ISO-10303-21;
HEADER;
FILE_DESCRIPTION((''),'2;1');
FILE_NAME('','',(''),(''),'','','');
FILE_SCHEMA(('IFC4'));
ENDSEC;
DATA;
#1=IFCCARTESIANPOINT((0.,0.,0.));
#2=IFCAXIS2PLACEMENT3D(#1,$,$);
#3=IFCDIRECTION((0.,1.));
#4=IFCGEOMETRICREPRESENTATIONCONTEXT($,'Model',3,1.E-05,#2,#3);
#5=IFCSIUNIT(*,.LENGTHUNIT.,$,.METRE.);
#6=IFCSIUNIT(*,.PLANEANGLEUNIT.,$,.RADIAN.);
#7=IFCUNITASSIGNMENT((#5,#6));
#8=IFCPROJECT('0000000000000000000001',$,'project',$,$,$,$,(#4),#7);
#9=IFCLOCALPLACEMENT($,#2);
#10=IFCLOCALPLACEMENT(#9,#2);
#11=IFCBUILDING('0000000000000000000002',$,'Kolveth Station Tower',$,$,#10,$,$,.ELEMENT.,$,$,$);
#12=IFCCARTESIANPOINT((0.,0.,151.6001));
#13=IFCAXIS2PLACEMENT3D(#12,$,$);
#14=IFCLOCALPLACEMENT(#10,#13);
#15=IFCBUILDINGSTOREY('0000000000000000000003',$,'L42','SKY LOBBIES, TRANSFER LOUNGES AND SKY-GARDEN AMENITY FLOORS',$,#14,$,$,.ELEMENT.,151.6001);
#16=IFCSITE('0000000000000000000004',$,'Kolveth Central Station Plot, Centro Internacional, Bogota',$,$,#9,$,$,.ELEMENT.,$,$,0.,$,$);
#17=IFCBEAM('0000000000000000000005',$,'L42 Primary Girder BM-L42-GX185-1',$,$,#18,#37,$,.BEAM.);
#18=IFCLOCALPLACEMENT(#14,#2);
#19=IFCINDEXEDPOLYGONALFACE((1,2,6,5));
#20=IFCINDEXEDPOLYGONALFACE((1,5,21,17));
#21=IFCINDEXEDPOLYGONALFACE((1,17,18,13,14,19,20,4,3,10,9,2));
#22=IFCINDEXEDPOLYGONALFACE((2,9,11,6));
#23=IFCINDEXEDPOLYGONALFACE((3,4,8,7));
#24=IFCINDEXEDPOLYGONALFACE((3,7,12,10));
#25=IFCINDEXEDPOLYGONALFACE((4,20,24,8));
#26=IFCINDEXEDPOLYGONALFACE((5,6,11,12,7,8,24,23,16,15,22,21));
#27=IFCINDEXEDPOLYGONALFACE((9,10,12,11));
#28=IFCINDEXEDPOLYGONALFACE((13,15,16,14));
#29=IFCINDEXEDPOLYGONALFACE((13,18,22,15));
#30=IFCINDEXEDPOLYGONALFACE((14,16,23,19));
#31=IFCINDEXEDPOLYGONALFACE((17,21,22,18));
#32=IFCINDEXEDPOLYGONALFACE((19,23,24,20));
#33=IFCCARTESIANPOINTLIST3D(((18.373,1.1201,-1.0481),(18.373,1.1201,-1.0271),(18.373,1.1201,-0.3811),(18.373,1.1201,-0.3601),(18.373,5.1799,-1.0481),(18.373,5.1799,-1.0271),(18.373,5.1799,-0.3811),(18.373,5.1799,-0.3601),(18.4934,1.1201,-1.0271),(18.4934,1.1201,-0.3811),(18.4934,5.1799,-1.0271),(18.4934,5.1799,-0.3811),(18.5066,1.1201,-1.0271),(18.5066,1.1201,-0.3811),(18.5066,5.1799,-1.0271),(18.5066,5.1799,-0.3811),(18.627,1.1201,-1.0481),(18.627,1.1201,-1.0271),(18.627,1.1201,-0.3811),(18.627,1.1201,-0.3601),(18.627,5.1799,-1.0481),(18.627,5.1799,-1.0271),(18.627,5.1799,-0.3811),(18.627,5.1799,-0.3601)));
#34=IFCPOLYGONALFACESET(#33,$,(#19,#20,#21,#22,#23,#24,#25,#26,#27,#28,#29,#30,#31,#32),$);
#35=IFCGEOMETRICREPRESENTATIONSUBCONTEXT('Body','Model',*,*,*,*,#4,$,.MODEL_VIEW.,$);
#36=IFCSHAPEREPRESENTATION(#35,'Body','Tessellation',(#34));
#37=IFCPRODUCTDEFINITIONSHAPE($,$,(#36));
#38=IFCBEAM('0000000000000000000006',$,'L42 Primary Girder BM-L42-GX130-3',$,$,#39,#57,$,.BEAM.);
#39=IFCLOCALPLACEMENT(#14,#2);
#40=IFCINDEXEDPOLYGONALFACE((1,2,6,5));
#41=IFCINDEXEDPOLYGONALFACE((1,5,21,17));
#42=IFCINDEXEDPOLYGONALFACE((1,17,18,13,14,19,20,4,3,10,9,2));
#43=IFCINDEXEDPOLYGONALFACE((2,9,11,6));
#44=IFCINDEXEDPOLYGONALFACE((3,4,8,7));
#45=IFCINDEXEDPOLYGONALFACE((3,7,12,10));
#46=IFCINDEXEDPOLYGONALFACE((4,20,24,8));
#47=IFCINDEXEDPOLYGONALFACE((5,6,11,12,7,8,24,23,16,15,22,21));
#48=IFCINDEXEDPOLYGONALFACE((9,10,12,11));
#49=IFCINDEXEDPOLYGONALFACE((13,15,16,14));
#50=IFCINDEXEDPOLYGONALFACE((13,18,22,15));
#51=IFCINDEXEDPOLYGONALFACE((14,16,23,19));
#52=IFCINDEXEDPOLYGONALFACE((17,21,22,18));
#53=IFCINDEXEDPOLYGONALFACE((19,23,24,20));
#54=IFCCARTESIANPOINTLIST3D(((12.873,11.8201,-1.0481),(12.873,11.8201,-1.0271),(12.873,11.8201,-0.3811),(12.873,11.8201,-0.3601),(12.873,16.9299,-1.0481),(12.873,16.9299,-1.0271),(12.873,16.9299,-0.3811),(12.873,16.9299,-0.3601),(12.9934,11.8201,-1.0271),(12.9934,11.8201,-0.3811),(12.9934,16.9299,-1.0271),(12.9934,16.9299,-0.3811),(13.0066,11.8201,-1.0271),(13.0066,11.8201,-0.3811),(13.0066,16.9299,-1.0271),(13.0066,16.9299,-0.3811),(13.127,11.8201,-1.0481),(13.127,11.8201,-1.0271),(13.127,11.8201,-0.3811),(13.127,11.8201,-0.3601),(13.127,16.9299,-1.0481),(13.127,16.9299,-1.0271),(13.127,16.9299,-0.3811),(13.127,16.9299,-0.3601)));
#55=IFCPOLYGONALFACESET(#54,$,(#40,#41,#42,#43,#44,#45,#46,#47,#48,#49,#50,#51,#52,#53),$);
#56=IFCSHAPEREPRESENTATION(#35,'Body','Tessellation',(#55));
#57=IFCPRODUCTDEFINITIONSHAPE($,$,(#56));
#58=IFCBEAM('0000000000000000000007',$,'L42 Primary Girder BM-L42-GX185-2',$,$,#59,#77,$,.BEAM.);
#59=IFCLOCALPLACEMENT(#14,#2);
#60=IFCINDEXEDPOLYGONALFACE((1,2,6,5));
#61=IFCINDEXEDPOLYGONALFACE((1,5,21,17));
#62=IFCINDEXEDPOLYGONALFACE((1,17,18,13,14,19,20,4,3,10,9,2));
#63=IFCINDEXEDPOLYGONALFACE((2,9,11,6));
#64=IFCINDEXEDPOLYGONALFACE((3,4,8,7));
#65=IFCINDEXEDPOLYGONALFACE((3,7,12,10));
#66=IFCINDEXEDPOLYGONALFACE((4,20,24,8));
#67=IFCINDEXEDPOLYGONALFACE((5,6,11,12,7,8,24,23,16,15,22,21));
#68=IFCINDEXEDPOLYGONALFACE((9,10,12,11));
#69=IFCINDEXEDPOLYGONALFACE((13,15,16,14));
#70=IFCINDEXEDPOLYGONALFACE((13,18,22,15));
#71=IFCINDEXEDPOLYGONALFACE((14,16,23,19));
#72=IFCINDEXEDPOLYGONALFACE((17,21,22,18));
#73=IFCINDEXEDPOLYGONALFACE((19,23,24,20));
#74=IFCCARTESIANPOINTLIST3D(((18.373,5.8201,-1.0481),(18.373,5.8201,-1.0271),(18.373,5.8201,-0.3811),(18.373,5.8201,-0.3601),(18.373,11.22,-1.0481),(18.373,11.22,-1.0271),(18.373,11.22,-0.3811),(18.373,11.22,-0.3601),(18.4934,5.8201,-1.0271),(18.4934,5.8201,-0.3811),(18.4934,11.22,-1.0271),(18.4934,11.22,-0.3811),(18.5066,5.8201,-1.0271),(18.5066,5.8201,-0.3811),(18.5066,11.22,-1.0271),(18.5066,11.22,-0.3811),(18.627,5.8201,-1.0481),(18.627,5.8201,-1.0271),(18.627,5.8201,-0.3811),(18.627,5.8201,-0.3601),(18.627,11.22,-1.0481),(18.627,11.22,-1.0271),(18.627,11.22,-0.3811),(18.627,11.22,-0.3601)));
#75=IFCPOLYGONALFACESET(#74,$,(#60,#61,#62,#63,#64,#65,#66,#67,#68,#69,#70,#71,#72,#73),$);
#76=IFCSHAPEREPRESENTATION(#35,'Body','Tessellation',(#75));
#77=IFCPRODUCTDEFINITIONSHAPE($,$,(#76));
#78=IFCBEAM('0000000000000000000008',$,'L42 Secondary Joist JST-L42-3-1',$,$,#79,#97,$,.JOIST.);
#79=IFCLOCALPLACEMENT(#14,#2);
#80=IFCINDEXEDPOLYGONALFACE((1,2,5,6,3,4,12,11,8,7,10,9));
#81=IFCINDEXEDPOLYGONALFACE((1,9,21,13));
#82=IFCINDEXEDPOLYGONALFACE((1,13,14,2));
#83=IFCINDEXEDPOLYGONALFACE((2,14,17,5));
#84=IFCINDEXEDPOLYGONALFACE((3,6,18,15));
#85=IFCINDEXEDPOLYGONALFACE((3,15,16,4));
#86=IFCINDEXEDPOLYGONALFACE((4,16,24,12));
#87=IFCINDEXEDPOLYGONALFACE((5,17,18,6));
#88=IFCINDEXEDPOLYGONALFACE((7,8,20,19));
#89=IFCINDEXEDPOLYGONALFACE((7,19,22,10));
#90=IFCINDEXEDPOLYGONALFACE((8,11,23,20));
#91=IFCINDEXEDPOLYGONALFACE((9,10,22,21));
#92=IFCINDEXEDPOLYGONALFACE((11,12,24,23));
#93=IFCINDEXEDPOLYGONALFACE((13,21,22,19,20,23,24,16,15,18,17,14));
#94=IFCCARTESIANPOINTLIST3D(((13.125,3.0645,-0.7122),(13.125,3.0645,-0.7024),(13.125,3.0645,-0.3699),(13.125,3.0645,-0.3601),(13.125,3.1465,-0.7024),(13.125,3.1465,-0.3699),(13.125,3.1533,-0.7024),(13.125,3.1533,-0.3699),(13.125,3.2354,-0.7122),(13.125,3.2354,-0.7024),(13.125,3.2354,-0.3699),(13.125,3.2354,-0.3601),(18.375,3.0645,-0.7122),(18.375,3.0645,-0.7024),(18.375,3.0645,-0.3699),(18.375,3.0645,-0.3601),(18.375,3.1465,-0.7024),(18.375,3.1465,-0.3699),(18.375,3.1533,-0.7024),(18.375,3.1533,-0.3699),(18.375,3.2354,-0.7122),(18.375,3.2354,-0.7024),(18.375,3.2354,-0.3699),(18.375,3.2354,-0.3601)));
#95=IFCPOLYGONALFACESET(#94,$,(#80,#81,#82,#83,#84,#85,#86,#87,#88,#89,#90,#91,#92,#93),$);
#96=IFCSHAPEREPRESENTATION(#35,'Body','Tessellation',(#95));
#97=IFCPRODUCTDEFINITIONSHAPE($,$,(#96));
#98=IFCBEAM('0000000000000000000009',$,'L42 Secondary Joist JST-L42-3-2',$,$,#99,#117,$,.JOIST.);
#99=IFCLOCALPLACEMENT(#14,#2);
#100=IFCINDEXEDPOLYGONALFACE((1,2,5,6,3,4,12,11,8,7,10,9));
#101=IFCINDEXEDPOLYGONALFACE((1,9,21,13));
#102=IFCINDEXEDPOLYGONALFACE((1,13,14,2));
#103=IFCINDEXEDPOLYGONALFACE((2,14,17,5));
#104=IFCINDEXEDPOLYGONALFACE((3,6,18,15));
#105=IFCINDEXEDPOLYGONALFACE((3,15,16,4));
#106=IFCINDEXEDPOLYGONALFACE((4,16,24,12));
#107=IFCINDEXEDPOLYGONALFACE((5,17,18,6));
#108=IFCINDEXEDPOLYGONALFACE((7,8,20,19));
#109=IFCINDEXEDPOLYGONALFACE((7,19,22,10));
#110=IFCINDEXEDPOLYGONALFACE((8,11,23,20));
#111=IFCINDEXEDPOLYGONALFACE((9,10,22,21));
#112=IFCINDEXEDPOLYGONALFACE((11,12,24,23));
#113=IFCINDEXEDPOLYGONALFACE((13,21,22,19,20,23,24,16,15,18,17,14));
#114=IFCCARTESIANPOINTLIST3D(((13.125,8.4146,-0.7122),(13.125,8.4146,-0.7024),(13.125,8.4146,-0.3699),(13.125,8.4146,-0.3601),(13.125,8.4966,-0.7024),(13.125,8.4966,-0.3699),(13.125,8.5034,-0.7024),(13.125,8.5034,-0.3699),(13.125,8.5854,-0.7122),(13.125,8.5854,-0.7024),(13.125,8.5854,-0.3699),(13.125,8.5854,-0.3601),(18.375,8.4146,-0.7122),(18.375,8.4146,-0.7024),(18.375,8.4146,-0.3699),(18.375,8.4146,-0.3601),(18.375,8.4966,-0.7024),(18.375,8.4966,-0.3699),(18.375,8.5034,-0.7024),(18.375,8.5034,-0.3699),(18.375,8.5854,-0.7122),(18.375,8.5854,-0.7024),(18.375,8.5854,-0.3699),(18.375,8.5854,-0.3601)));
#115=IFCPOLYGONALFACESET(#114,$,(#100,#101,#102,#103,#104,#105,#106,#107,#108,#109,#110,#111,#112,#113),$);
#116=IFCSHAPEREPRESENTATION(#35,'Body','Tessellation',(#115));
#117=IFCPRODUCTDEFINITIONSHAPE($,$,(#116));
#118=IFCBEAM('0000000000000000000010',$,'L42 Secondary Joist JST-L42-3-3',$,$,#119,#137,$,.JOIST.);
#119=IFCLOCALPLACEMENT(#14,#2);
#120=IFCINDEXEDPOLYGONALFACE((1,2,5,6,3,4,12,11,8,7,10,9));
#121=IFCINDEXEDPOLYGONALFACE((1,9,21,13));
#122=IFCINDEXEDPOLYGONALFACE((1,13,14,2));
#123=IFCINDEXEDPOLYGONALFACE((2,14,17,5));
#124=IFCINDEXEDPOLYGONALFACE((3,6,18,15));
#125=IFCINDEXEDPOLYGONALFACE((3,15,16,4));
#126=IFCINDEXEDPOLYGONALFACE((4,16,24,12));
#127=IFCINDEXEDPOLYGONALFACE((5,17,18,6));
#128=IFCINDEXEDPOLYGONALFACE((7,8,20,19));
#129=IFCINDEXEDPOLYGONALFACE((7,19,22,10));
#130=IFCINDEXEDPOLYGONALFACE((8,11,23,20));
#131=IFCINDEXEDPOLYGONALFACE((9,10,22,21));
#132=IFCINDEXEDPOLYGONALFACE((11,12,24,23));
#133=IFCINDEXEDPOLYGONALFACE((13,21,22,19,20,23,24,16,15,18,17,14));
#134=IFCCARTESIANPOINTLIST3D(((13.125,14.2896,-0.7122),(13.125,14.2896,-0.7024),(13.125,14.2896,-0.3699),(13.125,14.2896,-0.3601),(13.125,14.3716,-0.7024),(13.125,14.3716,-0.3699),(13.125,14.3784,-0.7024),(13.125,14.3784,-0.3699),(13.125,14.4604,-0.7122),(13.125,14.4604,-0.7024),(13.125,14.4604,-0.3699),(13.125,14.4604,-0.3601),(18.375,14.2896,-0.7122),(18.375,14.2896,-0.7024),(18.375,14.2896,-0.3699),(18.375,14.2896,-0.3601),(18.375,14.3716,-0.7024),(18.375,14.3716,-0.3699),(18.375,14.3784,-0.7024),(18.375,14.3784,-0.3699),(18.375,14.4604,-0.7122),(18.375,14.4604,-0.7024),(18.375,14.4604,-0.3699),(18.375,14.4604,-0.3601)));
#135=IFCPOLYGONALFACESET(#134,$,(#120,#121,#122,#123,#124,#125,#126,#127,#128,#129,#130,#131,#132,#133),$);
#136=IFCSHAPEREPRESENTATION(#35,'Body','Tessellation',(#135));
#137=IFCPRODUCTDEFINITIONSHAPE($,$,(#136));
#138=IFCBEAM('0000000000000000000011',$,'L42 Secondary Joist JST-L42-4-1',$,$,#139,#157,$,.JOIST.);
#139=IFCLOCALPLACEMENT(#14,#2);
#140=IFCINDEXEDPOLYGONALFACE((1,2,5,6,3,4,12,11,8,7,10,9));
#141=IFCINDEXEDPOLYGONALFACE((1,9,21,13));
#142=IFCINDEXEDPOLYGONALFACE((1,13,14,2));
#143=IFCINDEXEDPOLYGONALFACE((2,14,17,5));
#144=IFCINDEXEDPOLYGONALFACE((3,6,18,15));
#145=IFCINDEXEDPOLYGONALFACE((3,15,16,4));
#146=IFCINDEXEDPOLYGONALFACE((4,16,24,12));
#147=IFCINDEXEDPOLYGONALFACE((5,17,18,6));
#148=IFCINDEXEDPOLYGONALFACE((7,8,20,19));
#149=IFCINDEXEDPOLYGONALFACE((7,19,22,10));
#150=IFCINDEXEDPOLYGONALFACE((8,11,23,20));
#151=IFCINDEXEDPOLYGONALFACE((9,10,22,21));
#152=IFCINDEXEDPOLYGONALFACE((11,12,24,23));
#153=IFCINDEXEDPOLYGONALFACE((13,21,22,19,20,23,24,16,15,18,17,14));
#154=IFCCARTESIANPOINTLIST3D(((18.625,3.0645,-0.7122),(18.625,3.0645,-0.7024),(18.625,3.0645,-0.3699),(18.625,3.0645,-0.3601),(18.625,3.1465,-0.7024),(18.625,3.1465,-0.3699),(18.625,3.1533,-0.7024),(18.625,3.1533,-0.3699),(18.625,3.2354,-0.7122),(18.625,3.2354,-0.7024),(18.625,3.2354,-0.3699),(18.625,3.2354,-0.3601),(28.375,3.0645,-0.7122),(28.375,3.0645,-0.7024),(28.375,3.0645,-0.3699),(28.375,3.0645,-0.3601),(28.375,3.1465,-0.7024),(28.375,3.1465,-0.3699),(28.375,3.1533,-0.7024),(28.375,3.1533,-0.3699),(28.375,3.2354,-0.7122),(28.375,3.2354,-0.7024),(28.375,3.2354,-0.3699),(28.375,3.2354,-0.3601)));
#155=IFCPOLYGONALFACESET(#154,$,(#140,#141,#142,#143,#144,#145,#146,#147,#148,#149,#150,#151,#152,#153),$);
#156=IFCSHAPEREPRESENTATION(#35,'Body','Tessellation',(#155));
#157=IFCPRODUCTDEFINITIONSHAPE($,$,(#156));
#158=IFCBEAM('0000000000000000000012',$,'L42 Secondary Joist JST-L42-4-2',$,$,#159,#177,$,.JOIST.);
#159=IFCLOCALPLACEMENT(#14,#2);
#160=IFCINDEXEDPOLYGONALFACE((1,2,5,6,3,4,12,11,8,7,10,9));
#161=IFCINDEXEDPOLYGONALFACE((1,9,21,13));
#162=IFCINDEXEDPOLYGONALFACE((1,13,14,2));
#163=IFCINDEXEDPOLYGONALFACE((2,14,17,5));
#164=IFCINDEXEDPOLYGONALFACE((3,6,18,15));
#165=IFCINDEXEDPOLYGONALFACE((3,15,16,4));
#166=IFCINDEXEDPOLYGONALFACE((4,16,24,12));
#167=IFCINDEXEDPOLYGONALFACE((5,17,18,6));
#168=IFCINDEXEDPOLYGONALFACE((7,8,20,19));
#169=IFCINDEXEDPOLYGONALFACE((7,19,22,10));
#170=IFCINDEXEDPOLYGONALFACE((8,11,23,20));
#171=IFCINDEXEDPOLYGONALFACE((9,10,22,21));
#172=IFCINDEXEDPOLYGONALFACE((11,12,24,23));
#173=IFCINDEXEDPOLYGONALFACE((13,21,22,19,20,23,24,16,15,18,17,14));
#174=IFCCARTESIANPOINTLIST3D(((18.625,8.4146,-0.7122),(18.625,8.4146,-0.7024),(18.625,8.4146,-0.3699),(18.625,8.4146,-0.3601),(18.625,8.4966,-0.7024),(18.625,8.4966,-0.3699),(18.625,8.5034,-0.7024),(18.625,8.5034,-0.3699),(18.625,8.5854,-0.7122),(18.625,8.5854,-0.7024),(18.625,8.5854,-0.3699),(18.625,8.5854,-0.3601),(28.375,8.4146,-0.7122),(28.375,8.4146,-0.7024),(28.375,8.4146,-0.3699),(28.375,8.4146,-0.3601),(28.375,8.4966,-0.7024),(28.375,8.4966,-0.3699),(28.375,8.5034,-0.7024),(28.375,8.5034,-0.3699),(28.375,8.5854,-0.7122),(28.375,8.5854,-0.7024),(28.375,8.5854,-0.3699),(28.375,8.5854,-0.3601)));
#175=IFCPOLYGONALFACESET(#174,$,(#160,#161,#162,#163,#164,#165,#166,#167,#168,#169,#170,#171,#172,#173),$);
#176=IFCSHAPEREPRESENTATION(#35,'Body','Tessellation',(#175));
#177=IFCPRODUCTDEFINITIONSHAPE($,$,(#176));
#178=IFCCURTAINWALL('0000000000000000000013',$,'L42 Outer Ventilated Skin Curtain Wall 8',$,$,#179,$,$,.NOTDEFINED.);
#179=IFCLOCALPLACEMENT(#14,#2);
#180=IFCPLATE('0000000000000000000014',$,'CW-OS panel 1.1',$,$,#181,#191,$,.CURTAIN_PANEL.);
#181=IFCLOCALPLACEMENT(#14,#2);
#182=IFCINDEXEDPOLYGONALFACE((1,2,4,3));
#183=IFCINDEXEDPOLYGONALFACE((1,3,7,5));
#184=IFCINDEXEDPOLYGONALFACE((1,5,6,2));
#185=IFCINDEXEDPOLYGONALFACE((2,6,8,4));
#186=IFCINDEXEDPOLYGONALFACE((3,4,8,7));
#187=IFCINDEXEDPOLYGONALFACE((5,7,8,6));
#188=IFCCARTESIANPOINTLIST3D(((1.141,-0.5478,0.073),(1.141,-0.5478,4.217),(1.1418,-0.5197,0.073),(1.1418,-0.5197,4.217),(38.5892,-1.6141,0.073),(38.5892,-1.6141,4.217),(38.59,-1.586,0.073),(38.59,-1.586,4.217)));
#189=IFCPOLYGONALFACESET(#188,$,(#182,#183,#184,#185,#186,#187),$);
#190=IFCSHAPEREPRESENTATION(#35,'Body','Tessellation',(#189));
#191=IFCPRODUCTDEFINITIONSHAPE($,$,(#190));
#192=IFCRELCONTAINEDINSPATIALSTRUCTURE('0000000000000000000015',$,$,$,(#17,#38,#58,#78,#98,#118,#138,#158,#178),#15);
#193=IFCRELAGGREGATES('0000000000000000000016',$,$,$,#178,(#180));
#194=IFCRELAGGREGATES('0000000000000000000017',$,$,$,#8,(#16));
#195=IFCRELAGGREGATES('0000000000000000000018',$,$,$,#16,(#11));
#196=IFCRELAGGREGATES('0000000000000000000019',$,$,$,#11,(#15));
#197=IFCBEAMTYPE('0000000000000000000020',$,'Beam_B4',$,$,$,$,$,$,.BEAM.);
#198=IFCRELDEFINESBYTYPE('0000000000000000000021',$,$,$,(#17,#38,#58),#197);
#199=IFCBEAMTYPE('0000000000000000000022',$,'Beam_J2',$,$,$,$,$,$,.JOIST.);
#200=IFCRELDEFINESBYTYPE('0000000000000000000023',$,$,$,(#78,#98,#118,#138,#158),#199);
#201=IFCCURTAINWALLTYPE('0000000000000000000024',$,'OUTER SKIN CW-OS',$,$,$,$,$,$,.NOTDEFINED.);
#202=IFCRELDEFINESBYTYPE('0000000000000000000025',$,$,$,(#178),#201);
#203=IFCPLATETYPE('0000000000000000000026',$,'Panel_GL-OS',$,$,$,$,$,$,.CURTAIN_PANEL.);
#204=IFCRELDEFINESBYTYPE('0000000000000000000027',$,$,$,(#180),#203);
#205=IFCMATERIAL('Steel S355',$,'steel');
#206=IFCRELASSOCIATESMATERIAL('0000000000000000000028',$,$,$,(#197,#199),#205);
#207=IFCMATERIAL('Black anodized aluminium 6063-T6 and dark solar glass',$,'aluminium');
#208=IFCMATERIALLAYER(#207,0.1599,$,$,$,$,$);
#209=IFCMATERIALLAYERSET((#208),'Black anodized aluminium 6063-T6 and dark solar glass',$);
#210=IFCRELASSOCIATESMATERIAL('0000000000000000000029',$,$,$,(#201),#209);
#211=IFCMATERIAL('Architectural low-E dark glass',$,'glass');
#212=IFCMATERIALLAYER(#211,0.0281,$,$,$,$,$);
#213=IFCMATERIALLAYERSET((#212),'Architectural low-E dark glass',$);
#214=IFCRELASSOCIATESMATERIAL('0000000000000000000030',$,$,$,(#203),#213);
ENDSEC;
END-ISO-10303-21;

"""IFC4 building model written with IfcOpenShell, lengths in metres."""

from ifc_helpers import new_model, si_unit, direction, frame, origin, origin_2d, place, context, subcontext, project, spatial, rectangle, i_section, extrude, source, transform, mapped, material, layer, layer_set, material_profile, profile_set, type_object, element, aggregate, save


model = new_model("IFC4")

# Units and contexts
model_context = context("Model", 3, precision=1e-05, world=origin(), true_north=direction((0.0, 1.0)))
body_context = subcontext(model_context, "Body", "Model", "MODEL_VIEW")
ifc_project = project(units=[si_unit("LENGTHUNIT", "METRE"), si_unit("PLANEANGLEUNIT", "RADIAN")], contexts=[model_context])

# Site, building, storey
site_placement = place(None, origin())
site = spatial("IfcSite", under=ifc_project, at=site_placement, Name="Kolveth Central Station Plot, Centro Internacional, Bogota", CompositionType="ELEMENT", RefElevation=0.0)
building_placement = place(site_placement, origin())
building = spatial("IfcBuilding", under=site, at=building_placement, Name="Kolveth Station Tower", CompositionType="ELEMENT")
storey_placement = place(building_placement, frame((0.0, 0.0, 151.6001)))
storey = spatial("IfcBuildingStorey", under=building, at=storey_placement, Name="L42", Description="SKY LOBBIES, TRANSFER LOUNGES AND SKY-GARDEN AMENITY FLOORS", CompositionType="ELEMENT", Elevation=151.6001)

# Shared definitions
ifc_material_1 = material(Name="Steel S355", Category="steel")

# Beams
ifc_material_profile_1 = material_profile(ifc_material_1, i_section(OverallWidth=0.2539, OverallDepth=0.688, WebThickness=0.0132, FlangeThickness=0.021, at=origin_2d()), Name="W690x152")
ifc_profile_set_1 = profile_set([ifc_material_profile_1], Name="Steel S355")
beam_type_1 = type_object("IfcBeamType", Name="Beam_B4", PredefinedType="BEAM", material=ifc_profile_set_1)
shared_shape_1 = source(origin(), body_context, "Body", "SweptSolid", [
    extrude(i_section(OverallWidth=0.2539, OverallDepth=0.688, WebThickness=0.0132, FlangeThickness=0.021, at=origin_2d()), origin(), (0.0, 0.0, 1.0), 4.0598),
])
beam_1_placement = place(storey_placement, frame((18.5, 1.1201, -0.7041), z_axis=(0.0, 1.0, 0.0), x_axis=(-1.0, 0.0, 0.0)))
element("IfcBeam", 1, at=beam_1_placement, inside=storey, type_object=beam_type_1, Name="L42 Primary Girder BM-L42-GX185-1", PredefinedType="BEAM", context=body_context, shape_type="MappedRepresentation", body=[
    mapped(shared_shape_1, transform((0.0, 0.0, 0.0), x_axis=(1.0, 0.0, 0.0), y_axis=(0.0, 1.0, 0.0), z_axis=(0.0, 0.0, 1.0), scale=1.0)),
])
shared_shape_2 = source(origin(), body_context, "Body", "SweptSolid", [
    extrude(i_section(OverallWidth=0.2539, OverallDepth=0.688, WebThickness=0.0132, FlangeThickness=0.021, at=origin_2d()), origin(), (0.0, 0.0, 1.0), 5.1099),
])
beam_2_placement = place(storey_placement, frame((13.0, 11.8201, -0.7041), z_axis=(0.0, 1.0, 0.0), x_axis=(-1.0, 0.0, 0.0)))
element("IfcBeam", 2, at=beam_2_placement, inside=storey, type_object=beam_type_1, Name="L42 Primary Girder BM-L42-GX130-3", PredefinedType="BEAM", context=body_context, shape_type="MappedRepresentation", body=[
    mapped(shared_shape_2, transform((0.0, 0.0, 0.0), x_axis=(1.0, 0.0, 0.0), y_axis=(0.0, 1.0, 0.0), z_axis=(0.0, 0.0, 1.0), scale=1.0)),
])
shared_shape_3 = source(origin(), body_context, "Body", "SweptSolid", [
    extrude(i_section(OverallWidth=0.2539, OverallDepth=0.688, WebThickness=0.0132, FlangeThickness=0.021, at=origin_2d()), origin(), (0.0, 0.0, 1.0), 5.3999),
])
beam_3_placement = place(storey_placement, frame((18.5, 5.8201, -0.7041), z_axis=(0.0, 1.0, 0.0), x_axis=(-1.0, 0.0, 0.0)))
element("IfcBeam", 3, at=beam_3_placement, inside=storey, type_object=beam_type_1, Name="L42 Primary Girder BM-L42-GX185-2", PredefinedType="BEAM", context=body_context, shape_type="MappedRepresentation", body=[
    mapped(shared_shape_3, transform((0.0, 0.0, 0.0), x_axis=(1.0, 0.0, 0.0), y_axis=(0.0, 1.0, 0.0), z_axis=(0.0, 0.0, 1.0), scale=1.0)),
])
ifc_material_profile_2 = material_profile(ifc_material_1, i_section(OverallWidth=0.1709, OverallDepth=0.3521, WebThickness=0.0068, FlangeThickness=0.0098, at=origin_2d()), Name="W360x44")
ifc_profile_set_2 = profile_set([ifc_material_profile_2], Name="Steel S355")
beam_type_2 = type_object("IfcBeamType", Name="Beam_J2", PredefinedType="JOIST", material=ifc_profile_set_2)
shared_shape_4 = source(origin(), body_context, "Body", "SweptSolid", [
    extrude(i_section(OverallWidth=0.1709, OverallDepth=0.3521, WebThickness=0.0068, FlangeThickness=0.0098, at=origin_2d()), origin(), (0.0, 0.0, 1.0), 5.25),
])
for number, where, z_axis, x_axis, name in (
    (4, (13.125, 3.1499, -0.5361), (1.0, 0.0, 0.0), (0.0, 1.0, 0.0), "L42 Secondary Joist JST-L42-3-1"),
    (5, (13.125, 8.5, -0.5361), (1.0, 0.0, 0.0), (0.0, 1.0, 0.0), "L42 Secondary Joist JST-L42-3-2"),
    (6, (13.125, 14.375, -0.5361), (1.0, 0.0, 0.0), (0.0, 1.0, 0.0), "L42 Secondary Joist JST-L42-3-3"),
):
    element("IfcBeam", number, at=place(storey_placement, frame(where, z_axis=z_axis, x_axis=x_axis)), inside=storey, type_object=beam_type_2, Name=name, PredefinedType="JOIST", context=body_context, shape_type="MappedRepresentation", body=[
        mapped(shared_shape_4, transform((0.0, 0.0, 0.0), x_axis=(1.0, 0.0, 0.0), y_axis=(0.0, 1.0, 0.0), z_axis=(0.0, 0.0, 1.0), scale=1.0)),
    ])
shared_shape_5 = source(origin(), body_context, "Body", "SweptSolid", [
    extrude(i_section(OverallWidth=0.1709, OverallDepth=0.3521, WebThickness=0.0068, FlangeThickness=0.0098, at=origin_2d()), origin(), (0.0, 0.0, 1.0), 9.75),
])
for number, where, z_axis, x_axis, name in (
    (7, (18.625, 3.1499, -0.5361), (1.0, 0.0, 0.0), (0.0, 1.0, 0.0), "L42 Secondary Joist JST-L42-4-1"),
    (8, (18.625, 8.5, -0.5361), (1.0, 0.0, 0.0), (0.0, 1.0, 0.0), "L42 Secondary Joist JST-L42-4-2"),
):
    element("IfcBeam", number, at=place(storey_placement, frame(where, z_axis=z_axis, x_axis=x_axis)), inside=storey, type_object=beam_type_2, Name=name, PredefinedType="JOIST", context=body_context, shape_type="MappedRepresentation", body=[
        mapped(shared_shape_5, transform((0.0, 0.0, 0.0), x_axis=(1.0, 0.0, 0.0), y_axis=(0.0, 1.0, 0.0), z_axis=(0.0, 0.0, 1.0), scale=1.0)),
    ])

# Curtain wall, plate
ifc_material_2 = material(Name="Black anodized aluminium 6063-T6 and dark solar glass", Category="aluminium")
ifc_layer_1 = layer(ifc_material_2, 0.1599)
ifc_layer_set_1 = layer_set([ifc_layer_1], Name="Black anodized aluminium 6063-T6 and dark solar glass")
curtain_wall_type = type_object("IfcCurtainWallType", Name="OUTER SKIN CW-OS", PredefinedType="NOTDEFINED", material=ifc_layer_set_1)
curtain_wall_placement = place(storey_placement, origin())
curtain_wall = element("IfcCurtainWall", 9, at=curtain_wall_placement, inside=storey, type_object=curtain_wall_type, Name="L42 Outer Ventilated Skin Curtain Wall 8", PredefinedType="NOTDEFINED")
ifc_material_3 = material(Name="Architectural low-E dark glass", Category="glass")
ifc_layer_2 = layer(ifc_material_3, 0.0281)
ifc_layer_set_2 = layer_set([ifc_layer_2], Name="Architectural low-E dark glass")
plate_type = type_object("IfcPlateType", Name="Panel_GL-OS", PredefinedType="CURTAIN_PANEL", material=ifc_layer_set_2)
shared_shape_6 = source(origin(), body_context, "Body", "SweptSolid", [
    extrude(rectangle(XDim=37.4634, YDim=0.0281, at=origin_2d()), origin(), (0.0, 0.0, 1.0), 4.144),
])
plate_placement = place(storey_placement, frame((19.8655, -1.0669, 0.073), z_axis=(0.0, 0.0, 1.0), x_axis=(0.999595, -0.028462, 0.0)))
plate = element("IfcPlate", 10, at=plate_placement, type_object=plate_type, Name="CW-OS panel 1.1", PredefinedType="CURTAIN_PANEL", context=body_context, shape_type="MappedRepresentation", body=[
    mapped(shared_shape_6, transform((0.0, 0.0, 0.0), x_axis=(1.0, 0.0, 0.0), y_axis=(0.0, 1.0, 0.0), z_axis=(0.0, 0.0, 1.0), scale=1.0)),
])
aggregate(curtain_wall, [plate])

save(model, "model.ifc")
